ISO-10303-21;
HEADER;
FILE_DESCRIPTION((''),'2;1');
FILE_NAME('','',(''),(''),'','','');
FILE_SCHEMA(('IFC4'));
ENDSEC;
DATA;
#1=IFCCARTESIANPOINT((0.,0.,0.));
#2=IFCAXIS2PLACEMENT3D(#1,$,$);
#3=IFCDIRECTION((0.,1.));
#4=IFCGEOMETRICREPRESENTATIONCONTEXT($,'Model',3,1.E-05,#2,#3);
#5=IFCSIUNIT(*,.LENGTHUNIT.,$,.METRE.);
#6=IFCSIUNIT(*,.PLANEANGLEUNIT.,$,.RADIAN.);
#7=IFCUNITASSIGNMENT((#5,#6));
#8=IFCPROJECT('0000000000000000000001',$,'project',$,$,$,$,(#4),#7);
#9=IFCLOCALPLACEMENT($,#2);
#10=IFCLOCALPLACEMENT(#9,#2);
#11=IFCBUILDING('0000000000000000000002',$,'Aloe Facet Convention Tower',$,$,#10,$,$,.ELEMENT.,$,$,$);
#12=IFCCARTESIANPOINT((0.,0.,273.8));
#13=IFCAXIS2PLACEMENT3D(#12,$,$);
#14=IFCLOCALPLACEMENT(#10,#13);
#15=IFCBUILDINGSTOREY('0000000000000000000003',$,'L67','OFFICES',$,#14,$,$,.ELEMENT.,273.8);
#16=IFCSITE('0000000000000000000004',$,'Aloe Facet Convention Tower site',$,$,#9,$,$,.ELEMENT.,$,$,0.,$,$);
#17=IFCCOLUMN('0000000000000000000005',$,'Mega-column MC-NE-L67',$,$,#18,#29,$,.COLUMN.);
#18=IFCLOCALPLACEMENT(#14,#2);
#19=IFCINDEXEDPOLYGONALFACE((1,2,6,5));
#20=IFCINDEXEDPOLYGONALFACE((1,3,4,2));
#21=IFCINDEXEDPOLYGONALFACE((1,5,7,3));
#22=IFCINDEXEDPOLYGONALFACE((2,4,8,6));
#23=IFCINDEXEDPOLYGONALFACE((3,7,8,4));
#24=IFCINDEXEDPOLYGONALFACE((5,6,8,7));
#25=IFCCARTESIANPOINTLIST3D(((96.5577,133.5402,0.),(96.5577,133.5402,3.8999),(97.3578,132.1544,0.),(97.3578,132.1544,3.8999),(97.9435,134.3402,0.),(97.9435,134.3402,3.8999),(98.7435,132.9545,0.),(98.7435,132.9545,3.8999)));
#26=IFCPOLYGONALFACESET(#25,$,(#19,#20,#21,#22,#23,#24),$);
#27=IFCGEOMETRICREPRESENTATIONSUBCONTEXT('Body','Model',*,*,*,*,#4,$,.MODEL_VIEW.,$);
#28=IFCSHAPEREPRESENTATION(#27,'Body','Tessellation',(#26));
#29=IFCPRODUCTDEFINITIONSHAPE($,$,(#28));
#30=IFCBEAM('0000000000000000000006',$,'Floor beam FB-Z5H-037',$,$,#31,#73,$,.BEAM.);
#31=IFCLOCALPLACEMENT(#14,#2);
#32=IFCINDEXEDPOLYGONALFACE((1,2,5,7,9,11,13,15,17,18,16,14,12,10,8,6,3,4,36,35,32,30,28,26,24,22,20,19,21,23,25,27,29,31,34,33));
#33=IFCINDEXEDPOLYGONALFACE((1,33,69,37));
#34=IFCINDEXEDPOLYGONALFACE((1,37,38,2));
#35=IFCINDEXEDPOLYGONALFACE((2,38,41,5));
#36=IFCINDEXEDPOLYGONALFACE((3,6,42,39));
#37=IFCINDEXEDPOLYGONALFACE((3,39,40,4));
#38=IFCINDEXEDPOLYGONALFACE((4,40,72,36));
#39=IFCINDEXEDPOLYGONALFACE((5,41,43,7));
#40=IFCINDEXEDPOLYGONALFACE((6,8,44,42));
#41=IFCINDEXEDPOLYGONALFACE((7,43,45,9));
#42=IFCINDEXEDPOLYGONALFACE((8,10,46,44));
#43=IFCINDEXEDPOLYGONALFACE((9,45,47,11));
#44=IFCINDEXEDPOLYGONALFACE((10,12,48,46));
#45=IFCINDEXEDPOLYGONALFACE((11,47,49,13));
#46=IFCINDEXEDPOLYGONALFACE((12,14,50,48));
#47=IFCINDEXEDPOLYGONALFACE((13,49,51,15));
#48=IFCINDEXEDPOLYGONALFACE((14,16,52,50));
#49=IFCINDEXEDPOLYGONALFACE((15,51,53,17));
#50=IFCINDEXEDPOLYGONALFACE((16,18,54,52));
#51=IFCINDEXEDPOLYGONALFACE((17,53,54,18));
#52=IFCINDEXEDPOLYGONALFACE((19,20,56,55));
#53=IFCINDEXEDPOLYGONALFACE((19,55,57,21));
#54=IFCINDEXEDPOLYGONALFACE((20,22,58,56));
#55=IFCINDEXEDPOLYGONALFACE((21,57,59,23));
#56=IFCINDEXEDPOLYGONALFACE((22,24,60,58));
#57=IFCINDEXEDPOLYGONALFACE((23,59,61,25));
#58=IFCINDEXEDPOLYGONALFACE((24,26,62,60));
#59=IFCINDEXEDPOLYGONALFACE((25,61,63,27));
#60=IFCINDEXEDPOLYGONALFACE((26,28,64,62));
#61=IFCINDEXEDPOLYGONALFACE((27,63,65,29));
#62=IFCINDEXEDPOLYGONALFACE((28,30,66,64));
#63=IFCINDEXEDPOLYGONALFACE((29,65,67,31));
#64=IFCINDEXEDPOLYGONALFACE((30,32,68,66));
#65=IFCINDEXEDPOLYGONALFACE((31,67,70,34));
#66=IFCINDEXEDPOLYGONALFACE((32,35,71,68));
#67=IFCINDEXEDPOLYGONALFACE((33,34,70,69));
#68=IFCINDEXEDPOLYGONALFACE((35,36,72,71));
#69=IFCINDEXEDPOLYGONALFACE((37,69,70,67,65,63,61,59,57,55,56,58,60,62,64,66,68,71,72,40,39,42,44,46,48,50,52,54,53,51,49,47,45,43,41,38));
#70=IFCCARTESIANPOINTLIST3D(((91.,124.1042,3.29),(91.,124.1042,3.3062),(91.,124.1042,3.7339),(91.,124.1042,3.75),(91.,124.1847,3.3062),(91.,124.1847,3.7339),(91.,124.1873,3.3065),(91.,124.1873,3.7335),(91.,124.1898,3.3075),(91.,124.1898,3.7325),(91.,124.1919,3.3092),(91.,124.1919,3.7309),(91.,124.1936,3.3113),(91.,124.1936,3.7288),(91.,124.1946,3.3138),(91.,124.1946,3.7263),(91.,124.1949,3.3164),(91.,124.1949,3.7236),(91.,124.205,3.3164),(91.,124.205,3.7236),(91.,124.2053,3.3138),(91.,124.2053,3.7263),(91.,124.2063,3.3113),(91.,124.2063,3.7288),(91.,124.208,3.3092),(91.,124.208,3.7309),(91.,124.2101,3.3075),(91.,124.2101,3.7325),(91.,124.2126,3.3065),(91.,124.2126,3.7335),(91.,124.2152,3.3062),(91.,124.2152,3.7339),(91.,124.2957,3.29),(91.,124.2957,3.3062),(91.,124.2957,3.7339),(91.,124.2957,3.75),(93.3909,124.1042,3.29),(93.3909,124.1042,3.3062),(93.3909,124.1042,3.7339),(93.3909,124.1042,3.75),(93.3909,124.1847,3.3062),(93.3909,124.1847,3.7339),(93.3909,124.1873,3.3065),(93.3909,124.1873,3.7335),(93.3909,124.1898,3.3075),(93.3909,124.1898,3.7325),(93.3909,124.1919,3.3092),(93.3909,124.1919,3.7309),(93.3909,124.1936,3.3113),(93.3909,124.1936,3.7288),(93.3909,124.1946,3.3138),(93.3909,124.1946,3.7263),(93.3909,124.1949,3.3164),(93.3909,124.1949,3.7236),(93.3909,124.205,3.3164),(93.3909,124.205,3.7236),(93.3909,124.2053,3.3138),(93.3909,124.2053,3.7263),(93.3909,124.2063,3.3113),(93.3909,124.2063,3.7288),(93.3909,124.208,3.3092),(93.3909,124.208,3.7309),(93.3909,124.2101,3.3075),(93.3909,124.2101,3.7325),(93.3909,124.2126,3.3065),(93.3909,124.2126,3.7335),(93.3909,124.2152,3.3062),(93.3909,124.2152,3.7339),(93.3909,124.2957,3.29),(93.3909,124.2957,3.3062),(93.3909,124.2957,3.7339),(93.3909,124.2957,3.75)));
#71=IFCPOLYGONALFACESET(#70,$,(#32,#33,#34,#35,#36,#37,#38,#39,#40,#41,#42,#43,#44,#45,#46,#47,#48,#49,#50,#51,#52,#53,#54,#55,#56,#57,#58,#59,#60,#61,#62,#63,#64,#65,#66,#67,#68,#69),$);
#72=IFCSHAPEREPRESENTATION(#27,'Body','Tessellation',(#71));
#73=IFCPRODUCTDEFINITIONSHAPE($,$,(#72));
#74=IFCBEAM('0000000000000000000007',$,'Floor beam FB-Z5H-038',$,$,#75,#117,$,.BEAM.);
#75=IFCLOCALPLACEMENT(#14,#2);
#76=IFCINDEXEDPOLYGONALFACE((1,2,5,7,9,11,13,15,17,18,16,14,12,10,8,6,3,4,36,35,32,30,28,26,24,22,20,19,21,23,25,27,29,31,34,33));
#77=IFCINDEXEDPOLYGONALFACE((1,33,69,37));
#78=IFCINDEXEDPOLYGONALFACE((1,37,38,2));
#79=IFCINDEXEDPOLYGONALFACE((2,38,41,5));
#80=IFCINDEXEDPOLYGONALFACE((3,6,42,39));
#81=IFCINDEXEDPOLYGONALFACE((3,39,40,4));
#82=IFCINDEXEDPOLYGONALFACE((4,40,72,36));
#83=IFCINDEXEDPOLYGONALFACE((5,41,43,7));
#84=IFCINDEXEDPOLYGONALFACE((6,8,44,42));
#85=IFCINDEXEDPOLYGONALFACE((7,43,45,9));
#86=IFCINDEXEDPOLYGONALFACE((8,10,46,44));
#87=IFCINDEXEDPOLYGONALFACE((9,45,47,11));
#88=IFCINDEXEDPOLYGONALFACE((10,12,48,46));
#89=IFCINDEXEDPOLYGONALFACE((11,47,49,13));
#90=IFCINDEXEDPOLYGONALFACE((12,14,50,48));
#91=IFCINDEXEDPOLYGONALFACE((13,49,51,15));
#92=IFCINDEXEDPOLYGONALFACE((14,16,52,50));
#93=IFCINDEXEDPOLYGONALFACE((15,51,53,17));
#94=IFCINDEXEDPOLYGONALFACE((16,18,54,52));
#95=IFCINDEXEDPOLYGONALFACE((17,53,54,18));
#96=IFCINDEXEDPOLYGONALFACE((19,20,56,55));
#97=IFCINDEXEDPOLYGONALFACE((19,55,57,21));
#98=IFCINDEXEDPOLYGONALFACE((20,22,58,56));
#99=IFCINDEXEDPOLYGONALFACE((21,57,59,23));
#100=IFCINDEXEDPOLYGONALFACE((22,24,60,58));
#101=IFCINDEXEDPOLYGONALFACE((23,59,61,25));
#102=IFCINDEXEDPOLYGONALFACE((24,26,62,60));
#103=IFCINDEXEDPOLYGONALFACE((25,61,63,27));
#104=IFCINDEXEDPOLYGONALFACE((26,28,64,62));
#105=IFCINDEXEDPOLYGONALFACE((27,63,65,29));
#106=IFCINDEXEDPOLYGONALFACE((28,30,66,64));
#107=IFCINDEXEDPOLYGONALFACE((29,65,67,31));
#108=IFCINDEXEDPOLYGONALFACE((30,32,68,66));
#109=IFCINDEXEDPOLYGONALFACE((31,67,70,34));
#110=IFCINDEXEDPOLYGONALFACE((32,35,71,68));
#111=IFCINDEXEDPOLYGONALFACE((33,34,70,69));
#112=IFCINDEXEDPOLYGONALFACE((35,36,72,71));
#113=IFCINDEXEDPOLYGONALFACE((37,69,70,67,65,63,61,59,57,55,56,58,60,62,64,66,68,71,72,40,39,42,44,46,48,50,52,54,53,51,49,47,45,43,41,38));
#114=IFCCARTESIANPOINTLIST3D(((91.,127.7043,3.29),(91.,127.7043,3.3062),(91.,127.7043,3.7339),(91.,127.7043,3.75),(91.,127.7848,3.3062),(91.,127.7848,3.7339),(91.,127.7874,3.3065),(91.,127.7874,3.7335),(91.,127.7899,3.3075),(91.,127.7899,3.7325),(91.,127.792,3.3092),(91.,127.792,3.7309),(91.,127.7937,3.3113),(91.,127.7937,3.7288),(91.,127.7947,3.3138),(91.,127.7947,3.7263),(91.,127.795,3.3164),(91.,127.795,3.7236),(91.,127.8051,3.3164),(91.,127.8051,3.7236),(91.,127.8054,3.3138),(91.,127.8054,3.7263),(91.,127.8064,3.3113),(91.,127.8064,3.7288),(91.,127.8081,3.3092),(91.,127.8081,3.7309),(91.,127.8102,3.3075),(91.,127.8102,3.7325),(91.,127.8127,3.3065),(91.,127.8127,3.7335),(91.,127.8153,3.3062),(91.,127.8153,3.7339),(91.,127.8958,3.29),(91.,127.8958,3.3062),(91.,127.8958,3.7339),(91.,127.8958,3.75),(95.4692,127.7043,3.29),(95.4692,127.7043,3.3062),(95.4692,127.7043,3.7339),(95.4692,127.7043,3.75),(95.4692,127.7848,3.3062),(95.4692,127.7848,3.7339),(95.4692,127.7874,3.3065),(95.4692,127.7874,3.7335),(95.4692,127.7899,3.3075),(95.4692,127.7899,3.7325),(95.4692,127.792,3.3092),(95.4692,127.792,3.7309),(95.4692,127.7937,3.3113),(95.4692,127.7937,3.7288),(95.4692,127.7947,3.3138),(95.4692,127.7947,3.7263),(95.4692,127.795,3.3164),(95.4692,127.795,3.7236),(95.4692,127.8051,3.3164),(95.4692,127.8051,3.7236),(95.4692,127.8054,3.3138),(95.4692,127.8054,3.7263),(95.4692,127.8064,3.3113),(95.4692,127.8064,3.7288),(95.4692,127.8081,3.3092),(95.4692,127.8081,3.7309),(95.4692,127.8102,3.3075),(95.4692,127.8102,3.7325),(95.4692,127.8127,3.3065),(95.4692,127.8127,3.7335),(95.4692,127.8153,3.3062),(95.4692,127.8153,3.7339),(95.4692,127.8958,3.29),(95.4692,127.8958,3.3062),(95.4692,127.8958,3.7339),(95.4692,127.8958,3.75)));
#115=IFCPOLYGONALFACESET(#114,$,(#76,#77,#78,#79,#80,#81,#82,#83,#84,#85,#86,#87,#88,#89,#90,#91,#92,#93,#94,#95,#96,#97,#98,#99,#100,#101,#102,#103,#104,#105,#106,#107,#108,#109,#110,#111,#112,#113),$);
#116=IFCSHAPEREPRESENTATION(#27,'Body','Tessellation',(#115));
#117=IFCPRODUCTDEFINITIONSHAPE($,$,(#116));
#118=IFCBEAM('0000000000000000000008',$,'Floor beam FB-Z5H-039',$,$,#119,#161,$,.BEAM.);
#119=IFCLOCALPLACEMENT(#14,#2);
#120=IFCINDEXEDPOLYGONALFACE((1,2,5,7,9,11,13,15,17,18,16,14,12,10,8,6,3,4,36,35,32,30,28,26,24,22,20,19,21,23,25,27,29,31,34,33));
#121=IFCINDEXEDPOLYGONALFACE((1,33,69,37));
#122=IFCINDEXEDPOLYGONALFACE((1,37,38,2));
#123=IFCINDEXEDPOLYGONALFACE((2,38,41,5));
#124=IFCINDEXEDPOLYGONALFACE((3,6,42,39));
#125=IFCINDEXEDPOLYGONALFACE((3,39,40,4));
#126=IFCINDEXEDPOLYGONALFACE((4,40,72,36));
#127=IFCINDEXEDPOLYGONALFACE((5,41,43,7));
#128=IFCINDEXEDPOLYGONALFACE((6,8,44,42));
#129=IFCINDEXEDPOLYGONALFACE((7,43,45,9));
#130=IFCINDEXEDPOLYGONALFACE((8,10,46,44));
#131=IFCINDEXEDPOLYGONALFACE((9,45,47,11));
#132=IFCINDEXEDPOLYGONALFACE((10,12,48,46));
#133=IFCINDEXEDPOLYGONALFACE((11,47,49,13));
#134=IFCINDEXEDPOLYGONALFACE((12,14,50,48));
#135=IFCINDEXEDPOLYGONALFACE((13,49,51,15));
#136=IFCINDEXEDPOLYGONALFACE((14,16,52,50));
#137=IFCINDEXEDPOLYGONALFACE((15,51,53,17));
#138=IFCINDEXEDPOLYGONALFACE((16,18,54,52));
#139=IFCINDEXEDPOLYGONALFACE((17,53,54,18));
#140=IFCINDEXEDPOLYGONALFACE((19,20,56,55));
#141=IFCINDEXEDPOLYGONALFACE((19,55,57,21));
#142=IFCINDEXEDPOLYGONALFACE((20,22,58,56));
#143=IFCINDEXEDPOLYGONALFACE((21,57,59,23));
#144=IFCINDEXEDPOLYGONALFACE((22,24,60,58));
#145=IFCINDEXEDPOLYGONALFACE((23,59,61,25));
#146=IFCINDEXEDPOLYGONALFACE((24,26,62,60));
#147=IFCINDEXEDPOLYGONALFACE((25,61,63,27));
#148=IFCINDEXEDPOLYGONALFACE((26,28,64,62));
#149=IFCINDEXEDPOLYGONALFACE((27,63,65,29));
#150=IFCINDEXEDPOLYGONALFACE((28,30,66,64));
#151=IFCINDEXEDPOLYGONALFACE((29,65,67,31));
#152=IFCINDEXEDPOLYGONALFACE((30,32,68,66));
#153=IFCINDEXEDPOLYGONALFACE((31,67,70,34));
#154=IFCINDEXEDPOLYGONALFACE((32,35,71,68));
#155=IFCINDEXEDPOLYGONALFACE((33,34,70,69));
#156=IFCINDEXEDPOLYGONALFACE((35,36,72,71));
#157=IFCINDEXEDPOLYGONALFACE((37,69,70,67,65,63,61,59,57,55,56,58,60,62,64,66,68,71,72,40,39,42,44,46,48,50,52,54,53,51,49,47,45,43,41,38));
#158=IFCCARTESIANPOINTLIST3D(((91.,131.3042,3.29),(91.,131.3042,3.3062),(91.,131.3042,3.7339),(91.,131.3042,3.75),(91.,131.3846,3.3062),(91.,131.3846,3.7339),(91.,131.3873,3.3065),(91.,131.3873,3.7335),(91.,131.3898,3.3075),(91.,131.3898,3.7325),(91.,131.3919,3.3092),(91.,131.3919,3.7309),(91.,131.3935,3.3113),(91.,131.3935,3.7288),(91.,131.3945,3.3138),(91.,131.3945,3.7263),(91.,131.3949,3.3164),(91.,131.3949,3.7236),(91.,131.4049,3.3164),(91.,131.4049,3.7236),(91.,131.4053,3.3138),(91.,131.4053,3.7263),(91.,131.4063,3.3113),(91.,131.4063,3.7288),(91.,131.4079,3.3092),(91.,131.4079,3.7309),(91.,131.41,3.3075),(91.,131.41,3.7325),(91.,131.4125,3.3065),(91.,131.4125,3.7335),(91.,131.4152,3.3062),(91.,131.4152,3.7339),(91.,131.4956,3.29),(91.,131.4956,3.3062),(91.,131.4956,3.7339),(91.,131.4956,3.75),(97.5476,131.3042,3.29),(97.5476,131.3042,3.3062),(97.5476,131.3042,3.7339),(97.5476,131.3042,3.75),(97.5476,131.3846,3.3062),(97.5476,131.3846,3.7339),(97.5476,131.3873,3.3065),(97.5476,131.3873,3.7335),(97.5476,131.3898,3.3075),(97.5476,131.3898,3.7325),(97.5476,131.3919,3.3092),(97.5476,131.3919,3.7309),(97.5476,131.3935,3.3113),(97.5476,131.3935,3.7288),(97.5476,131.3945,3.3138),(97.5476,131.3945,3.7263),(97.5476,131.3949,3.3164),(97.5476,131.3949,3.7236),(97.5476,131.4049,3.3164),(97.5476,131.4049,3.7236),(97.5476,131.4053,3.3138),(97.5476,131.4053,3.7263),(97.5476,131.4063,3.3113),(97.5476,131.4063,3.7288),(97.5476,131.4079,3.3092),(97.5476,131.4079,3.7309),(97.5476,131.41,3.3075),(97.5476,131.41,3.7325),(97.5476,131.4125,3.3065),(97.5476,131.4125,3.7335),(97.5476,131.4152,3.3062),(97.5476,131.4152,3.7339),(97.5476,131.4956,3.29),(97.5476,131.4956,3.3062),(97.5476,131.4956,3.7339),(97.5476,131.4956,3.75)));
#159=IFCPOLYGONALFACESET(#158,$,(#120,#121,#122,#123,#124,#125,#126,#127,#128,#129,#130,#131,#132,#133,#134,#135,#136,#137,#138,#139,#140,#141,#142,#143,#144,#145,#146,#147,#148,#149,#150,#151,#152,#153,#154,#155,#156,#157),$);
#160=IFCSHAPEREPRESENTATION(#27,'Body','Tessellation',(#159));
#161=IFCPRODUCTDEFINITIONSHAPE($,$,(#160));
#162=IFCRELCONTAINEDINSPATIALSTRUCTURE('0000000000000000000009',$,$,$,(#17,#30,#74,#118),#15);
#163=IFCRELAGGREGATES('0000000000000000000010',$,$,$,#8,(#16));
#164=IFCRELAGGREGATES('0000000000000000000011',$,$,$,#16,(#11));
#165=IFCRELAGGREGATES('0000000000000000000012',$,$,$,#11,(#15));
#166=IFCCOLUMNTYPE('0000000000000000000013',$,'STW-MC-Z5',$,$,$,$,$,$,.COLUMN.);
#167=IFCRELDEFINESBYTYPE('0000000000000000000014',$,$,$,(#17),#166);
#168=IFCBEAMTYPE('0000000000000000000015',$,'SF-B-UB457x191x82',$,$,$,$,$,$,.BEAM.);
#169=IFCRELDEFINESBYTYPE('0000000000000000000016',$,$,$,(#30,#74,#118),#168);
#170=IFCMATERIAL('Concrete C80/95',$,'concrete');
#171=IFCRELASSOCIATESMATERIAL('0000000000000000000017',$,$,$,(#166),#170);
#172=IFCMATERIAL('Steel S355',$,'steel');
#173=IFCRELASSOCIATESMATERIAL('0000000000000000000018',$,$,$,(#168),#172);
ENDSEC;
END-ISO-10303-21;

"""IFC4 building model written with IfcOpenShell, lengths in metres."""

from ifc_helpers import new_model, si_unit, direction, frame, origin, origin_2d, place, context, subcontext, project, spatial, rectangle, i_section, extrude, material, material_profile, profile_set, type_object, element, save


model = new_model("IFC4")

# Units and contexts
model_context = context("Model", 3, precision=1e-05, world=origin(), true_north=direction((0.0, 1.0)))
body_context = subcontext(model_context, "Body", "Model", "MODEL_VIEW")
ifc_project = project(units=[si_unit("LENGTHUNIT", "METRE"), si_unit("PLANEANGLEUNIT", "RADIAN")], contexts=[model_context])

# Site, building, storey
site_placement = place(None, origin())
site = spatial("IfcSite", under=ifc_project, at=site_placement, Name="Aloe Facet Convention Tower site", CompositionType="ELEMENT", RefElevation=0.0)
building_placement = place(site_placement, origin())
building = spatial("IfcBuilding", under=site, at=building_placement, Name="Aloe Facet Convention Tower", CompositionType="ELEMENT")
storey_placement = place(building_placement, frame((0.0, 0.0, 273.8)))
storey = spatial("IfcBuildingStorey", under=building, at=storey_placement, Name="L67", Description="OFFICES", CompositionType="ELEMENT", Elevation=273.8)

# Column
ifc_material_1 = material(Name="Concrete C80/95", Category="concrete")
ifc_material_profile_1 = material_profile(ifc_material_1, rectangle(XDim=1.6001, YDim=1.6001, at=origin_2d()), Name="STW-MC-Z5")
ifc_profile_set_1 = profile_set([ifc_material_profile_1], Name="Concrete C80/95")
column_type = type_object("IfcColumnType", Name="STW-MC-Z5", PredefinedType="COLUMN", material=ifc_profile_set_1)
column_placement = place(storey_placement, frame((97.6506, 133.2473, 0.0), z_axis=(0.0, 0.0, 1.0), x_axis=(-0.5, 0.866025, 0.0)))
element("IfcColumn", 1, at=column_placement, inside=storey, type_object=column_type, Name="Mega-column MC-NE-L67", PredefinedType="COLUMN", context=body_context, shape_type="SweptSolid", body=[
    extrude(rectangle(XDim=1.6001, YDim=1.6001, at=origin_2d()), origin(), (0.0, 0.0, 1.0), 3.8999),
])

# Beams
ifc_material_2 = material(Name="Steel S355", Category="steel")
ifc_material_profile_2 = material_profile(ifc_material_2, i_section(OverallWidth=0.1914, OverallDepth=0.46, WebThickness=0.01, FlangeThickness=0.0161, FilletRadius=0.0103, at=origin_2d()), Name="UB 457x191x82")
ifc_profile_set_2 = profile_set([ifc_material_profile_2], Name="Steel S355")
beam_type_1 = type_object("IfcBeamType", Name="SF-B-UB457x191x82", PredefinedType="BEAM", material=ifc_profile_set_2)
beam_1_placement = place(storey_placement, frame((91.0, 124.2, 3.52), z_axis=(1.0, 0.0, 0.0), x_axis=(0.0, 1.0, 0.0)))
element("IfcBeam", 2, at=beam_1_placement, inside=storey, type_object=beam_type_1, Name="Floor beam FB-Z5H-037", PredefinedType="BEAM", context=body_context, shape_type="SweptSolid", body=[
    extrude(i_section(OverallWidth=0.1914, OverallDepth=0.46, WebThickness=0.01, FlangeThickness=0.0161, FilletRadius=0.0103, at=origin_2d()), origin(), (0.0, 0.0, 1.0), 2.3909),
])
beam_2_placement = place(storey_placement, frame((91.0, 127.8, 3.52), z_axis=(1.0, 0.0, 0.0), x_axis=(0.0, 1.0, 0.0)))
element("IfcBeam", 3, at=beam_2_placement, inside=storey, type_object=beam_type_1, Name="Floor beam FB-Z5H-038", PredefinedType="BEAM", context=body_context, shape_type="SweptSolid", body=[
    extrude(i_section(OverallWidth=0.1914, OverallDepth=0.46, WebThickness=0.01, FlangeThickness=0.0161, FilletRadius=0.0103, at=origin_2d()), origin(), (0.0, 0.0, 1.0), 4.4692),
])
beam_3_placement = place(storey_placement, frame((91.0, 131.3999, 3.52), z_axis=(1.0, 0.0, 0.0), x_axis=(0.0, 1.0, 0.0)))
element("IfcBeam", 4, at=beam_3_placement, inside=storey, type_object=beam_type_1, Name="Floor beam FB-Z5H-039", PredefinedType="BEAM", context=body_context, shape_type="SweptSolid", body=[
    extrude(i_section(OverallWidth=0.1914, OverallDepth=0.46, WebThickness=0.01, FlangeThickness=0.0161, FilletRadius=0.0103, at=origin_2d()), origin(), (0.0, 0.0, 1.0), 6.5476),
])

save(model, "model.ifc")
